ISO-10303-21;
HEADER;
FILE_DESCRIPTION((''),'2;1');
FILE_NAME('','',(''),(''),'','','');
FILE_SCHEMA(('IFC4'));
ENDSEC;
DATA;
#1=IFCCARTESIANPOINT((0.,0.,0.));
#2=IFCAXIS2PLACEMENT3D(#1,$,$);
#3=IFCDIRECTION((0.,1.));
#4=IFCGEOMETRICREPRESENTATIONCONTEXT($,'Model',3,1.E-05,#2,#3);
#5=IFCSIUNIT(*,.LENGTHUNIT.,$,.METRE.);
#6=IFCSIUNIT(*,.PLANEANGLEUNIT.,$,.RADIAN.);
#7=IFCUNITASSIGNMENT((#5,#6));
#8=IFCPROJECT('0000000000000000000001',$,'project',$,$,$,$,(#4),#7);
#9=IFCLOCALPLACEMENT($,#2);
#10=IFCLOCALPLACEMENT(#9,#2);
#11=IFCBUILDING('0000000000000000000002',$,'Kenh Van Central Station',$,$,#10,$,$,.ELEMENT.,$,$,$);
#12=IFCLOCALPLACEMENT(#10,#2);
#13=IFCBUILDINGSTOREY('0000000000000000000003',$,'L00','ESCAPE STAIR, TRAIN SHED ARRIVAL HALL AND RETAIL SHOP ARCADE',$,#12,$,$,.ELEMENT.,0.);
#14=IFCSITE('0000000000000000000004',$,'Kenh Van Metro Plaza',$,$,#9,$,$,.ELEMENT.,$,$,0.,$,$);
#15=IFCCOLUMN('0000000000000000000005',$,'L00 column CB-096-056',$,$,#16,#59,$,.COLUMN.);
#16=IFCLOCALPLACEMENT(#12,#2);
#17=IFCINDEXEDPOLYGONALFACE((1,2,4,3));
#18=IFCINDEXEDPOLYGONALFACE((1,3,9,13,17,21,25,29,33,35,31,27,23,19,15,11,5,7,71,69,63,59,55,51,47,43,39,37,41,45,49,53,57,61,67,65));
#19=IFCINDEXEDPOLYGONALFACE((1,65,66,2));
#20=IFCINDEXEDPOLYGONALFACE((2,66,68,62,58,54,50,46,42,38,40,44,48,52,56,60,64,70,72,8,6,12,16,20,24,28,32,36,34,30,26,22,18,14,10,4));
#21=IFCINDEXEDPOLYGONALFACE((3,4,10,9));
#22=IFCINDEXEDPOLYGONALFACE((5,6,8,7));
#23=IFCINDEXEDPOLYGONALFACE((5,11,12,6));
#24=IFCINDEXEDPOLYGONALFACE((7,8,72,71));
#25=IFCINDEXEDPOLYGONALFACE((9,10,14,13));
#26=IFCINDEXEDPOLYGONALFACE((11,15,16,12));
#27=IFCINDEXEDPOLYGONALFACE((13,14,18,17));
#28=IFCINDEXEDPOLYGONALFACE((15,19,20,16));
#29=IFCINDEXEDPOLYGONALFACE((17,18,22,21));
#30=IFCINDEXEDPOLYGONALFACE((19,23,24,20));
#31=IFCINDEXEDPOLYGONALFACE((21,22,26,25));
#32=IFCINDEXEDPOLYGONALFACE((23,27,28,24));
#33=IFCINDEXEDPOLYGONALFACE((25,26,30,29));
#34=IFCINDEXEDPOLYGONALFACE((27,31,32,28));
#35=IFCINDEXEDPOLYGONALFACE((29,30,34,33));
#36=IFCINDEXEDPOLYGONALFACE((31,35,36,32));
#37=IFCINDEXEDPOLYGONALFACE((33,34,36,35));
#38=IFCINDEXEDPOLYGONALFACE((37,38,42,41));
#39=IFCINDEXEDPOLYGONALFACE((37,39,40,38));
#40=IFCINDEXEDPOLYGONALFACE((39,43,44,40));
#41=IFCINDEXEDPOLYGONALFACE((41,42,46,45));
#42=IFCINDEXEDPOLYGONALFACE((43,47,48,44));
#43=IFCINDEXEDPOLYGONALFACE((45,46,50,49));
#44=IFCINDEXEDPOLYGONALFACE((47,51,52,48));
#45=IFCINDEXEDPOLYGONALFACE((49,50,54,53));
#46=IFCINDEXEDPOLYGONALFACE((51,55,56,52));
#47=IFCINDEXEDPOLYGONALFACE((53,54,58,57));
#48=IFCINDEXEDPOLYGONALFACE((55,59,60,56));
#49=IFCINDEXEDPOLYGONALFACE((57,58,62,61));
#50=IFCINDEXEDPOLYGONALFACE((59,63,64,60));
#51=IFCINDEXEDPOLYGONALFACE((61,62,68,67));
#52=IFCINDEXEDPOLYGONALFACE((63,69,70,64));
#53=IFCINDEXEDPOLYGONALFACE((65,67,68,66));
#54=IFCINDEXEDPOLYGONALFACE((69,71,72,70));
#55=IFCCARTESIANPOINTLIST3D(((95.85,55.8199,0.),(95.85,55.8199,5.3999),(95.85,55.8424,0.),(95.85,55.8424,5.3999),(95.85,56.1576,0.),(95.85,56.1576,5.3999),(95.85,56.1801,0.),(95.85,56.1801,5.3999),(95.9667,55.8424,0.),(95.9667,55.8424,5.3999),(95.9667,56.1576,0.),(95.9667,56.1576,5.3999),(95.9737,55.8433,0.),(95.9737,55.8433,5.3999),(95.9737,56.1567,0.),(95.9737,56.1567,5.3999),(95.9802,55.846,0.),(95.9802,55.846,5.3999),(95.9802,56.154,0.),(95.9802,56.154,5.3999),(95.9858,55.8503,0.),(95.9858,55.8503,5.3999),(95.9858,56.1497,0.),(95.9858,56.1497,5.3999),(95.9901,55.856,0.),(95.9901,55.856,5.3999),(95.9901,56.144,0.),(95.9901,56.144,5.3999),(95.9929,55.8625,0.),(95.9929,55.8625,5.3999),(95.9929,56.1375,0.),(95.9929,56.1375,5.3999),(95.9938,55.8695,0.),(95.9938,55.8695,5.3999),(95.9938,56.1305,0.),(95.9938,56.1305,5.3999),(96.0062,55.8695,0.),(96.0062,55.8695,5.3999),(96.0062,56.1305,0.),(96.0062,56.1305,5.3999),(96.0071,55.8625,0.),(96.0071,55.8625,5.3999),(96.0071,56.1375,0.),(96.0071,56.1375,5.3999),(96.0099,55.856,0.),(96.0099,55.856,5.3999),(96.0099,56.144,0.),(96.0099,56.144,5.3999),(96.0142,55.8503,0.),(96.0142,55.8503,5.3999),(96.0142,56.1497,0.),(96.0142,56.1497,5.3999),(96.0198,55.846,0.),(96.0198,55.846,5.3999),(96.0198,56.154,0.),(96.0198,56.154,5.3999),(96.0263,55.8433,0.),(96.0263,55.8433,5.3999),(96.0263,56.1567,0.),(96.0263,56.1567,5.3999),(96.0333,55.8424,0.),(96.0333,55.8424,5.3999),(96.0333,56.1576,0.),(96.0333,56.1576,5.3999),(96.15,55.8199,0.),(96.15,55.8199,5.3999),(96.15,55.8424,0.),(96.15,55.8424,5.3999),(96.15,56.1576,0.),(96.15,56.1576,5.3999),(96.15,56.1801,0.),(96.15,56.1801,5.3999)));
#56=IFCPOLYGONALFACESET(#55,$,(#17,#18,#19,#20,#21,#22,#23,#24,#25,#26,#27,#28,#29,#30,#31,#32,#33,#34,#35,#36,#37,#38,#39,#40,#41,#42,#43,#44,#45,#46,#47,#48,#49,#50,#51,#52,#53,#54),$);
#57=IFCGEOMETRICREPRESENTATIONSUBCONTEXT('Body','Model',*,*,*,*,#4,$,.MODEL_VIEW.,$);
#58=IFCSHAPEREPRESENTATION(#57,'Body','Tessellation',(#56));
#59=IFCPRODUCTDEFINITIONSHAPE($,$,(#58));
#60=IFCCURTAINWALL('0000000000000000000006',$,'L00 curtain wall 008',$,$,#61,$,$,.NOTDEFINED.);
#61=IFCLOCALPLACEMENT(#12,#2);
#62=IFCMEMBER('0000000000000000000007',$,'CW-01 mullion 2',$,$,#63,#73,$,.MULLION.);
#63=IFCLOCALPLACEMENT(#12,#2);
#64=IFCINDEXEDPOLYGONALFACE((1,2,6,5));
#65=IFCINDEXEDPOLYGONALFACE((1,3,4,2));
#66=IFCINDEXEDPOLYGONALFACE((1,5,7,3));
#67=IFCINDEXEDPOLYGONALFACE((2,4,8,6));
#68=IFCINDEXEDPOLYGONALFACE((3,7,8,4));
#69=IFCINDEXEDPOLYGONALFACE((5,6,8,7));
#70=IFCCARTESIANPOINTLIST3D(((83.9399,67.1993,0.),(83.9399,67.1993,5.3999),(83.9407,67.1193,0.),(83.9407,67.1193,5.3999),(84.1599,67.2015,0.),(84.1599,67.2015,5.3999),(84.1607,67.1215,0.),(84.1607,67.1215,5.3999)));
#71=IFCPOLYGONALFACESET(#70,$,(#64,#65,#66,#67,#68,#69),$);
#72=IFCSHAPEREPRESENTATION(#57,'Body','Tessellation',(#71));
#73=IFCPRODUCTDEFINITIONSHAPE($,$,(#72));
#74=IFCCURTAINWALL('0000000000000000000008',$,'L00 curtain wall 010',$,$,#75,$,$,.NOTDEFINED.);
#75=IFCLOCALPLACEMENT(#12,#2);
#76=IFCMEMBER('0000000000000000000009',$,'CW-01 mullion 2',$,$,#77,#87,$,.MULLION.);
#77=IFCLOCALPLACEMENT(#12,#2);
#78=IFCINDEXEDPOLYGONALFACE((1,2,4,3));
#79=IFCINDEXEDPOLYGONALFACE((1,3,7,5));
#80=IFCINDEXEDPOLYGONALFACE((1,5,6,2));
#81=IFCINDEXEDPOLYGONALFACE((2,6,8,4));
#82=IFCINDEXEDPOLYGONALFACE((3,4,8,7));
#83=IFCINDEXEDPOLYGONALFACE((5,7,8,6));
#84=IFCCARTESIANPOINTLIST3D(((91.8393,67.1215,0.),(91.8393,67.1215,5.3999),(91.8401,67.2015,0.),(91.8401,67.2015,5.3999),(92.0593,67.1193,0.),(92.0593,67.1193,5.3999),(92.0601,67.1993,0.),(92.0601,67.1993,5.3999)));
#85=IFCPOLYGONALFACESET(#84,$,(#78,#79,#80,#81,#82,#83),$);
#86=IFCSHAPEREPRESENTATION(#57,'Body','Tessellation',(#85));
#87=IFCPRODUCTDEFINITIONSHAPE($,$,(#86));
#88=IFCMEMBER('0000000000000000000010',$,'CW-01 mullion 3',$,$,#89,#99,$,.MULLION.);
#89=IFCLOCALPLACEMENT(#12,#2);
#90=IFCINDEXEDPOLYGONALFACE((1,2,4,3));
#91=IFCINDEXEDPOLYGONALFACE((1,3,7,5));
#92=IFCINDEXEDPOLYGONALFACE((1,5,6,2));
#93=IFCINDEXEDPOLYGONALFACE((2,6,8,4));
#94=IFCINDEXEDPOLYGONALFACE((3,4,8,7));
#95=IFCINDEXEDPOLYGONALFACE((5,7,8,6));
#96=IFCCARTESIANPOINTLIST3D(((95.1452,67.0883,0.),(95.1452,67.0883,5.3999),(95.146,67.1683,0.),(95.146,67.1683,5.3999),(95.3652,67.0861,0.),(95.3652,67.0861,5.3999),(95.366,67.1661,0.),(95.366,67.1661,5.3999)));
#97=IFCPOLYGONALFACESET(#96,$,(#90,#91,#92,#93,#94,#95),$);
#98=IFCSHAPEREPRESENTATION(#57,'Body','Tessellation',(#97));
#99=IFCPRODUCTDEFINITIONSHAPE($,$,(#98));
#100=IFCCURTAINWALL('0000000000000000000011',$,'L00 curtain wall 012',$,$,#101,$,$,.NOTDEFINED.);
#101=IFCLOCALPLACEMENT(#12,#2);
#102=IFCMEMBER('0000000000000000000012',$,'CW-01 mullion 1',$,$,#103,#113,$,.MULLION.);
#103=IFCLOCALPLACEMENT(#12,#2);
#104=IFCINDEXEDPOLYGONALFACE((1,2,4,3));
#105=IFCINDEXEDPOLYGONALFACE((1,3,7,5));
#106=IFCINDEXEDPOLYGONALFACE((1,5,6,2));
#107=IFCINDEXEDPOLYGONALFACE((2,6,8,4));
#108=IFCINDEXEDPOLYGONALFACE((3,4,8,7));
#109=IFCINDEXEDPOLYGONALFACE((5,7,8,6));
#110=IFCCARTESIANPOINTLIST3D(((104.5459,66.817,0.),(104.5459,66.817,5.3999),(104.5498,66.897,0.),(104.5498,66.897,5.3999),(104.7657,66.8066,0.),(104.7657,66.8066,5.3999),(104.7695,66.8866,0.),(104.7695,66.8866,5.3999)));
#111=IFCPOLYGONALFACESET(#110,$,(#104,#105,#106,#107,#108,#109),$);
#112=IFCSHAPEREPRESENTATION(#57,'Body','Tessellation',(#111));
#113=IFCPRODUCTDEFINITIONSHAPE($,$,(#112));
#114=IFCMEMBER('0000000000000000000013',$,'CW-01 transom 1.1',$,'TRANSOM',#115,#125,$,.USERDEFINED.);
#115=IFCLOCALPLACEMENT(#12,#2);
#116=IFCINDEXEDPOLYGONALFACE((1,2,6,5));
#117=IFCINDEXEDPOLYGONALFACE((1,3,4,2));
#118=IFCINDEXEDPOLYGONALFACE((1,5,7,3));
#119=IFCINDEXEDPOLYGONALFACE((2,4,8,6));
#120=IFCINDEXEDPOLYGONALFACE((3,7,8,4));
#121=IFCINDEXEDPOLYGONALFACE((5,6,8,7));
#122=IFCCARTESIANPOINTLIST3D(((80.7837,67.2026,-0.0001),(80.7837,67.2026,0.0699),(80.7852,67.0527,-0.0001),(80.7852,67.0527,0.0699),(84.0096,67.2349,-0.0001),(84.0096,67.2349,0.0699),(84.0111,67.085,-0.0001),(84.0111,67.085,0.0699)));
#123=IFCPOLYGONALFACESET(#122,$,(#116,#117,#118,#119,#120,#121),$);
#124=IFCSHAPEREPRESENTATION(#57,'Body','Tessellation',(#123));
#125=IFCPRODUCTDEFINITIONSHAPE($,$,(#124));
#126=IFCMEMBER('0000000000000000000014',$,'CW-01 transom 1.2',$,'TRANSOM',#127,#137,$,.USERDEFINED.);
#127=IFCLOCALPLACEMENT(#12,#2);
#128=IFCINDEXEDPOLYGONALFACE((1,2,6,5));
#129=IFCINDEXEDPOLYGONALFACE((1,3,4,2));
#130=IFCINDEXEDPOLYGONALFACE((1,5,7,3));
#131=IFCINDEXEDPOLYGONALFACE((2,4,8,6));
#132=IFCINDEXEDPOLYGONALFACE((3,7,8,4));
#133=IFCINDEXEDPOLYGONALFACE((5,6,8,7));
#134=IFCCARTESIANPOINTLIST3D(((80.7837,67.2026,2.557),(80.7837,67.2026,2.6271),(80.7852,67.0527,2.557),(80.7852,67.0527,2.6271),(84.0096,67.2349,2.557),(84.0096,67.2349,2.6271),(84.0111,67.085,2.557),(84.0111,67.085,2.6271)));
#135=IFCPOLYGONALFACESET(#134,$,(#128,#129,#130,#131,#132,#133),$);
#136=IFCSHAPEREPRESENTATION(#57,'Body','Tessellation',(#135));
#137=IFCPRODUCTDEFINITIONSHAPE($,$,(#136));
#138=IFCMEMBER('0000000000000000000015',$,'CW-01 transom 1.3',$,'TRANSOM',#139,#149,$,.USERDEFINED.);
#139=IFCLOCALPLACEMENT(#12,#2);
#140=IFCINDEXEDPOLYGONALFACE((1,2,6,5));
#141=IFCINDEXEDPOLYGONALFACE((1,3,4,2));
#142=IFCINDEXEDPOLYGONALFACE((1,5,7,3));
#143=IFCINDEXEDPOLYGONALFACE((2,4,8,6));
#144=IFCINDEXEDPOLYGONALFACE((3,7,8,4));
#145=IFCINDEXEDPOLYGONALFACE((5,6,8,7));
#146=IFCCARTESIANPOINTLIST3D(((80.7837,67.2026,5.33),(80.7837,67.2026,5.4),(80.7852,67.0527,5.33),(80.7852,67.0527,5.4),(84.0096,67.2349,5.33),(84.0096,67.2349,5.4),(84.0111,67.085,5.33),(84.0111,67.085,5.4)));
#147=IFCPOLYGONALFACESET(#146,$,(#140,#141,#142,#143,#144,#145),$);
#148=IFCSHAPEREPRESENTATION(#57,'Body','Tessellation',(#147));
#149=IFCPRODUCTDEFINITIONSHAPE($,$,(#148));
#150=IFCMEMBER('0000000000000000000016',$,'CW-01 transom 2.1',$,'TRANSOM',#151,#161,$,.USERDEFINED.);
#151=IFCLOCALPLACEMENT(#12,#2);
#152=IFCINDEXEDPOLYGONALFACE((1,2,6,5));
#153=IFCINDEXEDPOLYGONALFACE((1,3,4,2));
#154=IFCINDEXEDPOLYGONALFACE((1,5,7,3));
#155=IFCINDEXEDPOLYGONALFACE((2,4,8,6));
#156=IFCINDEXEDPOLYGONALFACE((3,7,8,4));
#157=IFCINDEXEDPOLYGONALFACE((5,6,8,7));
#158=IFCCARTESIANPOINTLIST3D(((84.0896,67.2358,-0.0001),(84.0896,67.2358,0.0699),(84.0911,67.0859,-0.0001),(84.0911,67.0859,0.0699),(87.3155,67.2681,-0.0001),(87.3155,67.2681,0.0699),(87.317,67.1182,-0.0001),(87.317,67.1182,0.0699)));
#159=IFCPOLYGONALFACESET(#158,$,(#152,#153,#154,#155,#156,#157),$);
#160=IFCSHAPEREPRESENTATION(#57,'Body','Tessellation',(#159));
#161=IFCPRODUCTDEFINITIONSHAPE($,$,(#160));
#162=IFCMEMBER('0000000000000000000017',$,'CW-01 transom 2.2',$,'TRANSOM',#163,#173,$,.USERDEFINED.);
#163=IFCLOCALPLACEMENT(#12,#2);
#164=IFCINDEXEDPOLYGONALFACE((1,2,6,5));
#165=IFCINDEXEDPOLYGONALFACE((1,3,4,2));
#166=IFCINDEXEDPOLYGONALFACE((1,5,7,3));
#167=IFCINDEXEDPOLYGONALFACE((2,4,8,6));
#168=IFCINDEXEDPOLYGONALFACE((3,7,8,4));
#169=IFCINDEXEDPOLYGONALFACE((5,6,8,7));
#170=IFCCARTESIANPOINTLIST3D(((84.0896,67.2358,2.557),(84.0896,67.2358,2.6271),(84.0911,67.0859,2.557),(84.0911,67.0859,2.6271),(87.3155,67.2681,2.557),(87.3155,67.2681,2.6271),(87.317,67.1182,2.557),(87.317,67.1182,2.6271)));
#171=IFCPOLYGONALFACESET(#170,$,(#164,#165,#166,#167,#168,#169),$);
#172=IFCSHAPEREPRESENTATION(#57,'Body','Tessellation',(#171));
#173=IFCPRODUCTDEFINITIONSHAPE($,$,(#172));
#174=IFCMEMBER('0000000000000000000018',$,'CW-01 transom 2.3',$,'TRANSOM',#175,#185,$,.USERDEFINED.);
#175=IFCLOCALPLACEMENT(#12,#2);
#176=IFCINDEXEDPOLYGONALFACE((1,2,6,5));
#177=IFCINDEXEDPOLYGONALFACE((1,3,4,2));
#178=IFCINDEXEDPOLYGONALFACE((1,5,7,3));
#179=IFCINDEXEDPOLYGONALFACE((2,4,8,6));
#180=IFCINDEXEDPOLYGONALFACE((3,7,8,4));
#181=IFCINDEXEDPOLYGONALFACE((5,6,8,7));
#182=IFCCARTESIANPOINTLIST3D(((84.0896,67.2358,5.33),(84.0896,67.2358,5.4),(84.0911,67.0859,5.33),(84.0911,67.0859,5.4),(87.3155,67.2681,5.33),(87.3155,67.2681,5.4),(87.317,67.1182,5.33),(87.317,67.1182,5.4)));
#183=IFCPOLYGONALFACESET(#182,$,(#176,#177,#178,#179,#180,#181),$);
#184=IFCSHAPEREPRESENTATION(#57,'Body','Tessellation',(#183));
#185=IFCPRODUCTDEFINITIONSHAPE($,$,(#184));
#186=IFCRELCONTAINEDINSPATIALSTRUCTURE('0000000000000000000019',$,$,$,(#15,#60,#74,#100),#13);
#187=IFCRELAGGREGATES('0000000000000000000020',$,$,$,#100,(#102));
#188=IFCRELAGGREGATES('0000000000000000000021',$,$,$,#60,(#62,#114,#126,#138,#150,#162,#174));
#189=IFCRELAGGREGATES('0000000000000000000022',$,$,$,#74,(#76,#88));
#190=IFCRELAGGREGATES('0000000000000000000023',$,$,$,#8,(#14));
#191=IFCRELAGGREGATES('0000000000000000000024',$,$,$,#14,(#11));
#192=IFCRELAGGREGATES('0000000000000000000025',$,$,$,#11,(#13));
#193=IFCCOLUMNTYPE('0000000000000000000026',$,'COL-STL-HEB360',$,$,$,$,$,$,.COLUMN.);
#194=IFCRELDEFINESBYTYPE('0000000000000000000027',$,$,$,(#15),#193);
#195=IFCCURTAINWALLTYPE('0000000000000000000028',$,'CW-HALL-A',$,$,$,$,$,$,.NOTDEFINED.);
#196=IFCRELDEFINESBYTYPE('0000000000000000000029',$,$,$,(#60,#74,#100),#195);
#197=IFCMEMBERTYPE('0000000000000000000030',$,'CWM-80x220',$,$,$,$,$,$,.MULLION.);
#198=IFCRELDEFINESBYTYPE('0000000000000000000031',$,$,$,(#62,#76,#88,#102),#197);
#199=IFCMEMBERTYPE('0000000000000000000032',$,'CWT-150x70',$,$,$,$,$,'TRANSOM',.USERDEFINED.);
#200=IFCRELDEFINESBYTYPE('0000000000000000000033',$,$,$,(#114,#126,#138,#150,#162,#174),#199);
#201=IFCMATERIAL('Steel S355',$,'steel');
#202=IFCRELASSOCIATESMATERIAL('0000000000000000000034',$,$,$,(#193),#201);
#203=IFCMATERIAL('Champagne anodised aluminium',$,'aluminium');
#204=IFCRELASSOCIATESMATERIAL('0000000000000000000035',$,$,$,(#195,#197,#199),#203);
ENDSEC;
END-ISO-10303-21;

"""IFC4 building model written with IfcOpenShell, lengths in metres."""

from ifc_helpers import new_model, si_unit, direction, frame, origin, origin_2d, place, context, subcontext, project, spatial, rectangle, i_section, extrude, material, material_profile, profile_set, type_object, element, aggregate, save


model = new_model("IFC4")

# Units and contexts
model_context = context("Model", 3, precision=1e-05, world=origin(), true_north=direction((0.0, 1.0)))
body_context = subcontext(model_context, "Body", "Model", "MODEL_VIEW")
ifc_project = project(units=[si_unit("LENGTHUNIT", "METRE"), si_unit("PLANEANGLEUNIT", "RADIAN")], contexts=[model_context])

# Site, building, storey
site_placement = place(None, origin())
site = spatial("IfcSite", under=ifc_project, at=site_placement, Name="Kenh Van Metro Plaza", CompositionType="ELEMENT", RefElevation=0.0)
building_placement = place(site_placement, origin())
building = spatial("IfcBuilding", under=site, at=building_placement, Name="Kenh Van Central Station", CompositionType="ELEMENT")
storey_placement = place(building_placement, origin())
storey = spatial("IfcBuildingStorey", under=building, at=storey_placement, Name="L00", Description="ESCAPE STAIR, TRAIN SHED ARRIVAL HALL AND RETAIL SHOP ARCADE", CompositionType="ELEMENT", Elevation=0.0)

# Column
ifc_material_1 = material(Name="Steel S355", Category="steel")
ifc_material_profile_1 = material_profile(ifc_material_1, i_section(OverallWidth=0.3, OverallDepth=0.3601, WebThickness=0.0125, FlangeThickness=0.0225, FilletRadius=0.0271, at=origin_2d()), Name="HEB 360")
ifc_profile_set_1 = profile_set([ifc_material_profile_1], Name="Steel S355")
column_type_1 = type_object("IfcColumnType", Name="COL-STL-HEB360", PredefinedType="COLUMN", material=ifc_profile_set_1)
for number, where, z_axis, x_axis, name in (
    (1, (96.0, 56.0, 0.0), (0.0, 0.0, 1.0), (1.0, 0.0, 0.0), "L00 column CB-096-056"),
):
    element("IfcColumn", number, at=place(storey_placement, frame(where, z_axis=z_axis, x_axis=x_axis)), inside=storey, type_object=column_type_1, Name=name, PredefinedType="COLUMN", context=body_context, shape_type="SweptSolid", body=[
        extrude(i_section(OverallWidth=0.3, OverallDepth=0.3601, WebThickness=0.0125, FlangeThickness=0.0225, FilletRadius=0.0271, at=origin_2d()), origin(), (0.0, 0.0, 1.0), 5.3999),
    ])

# Curtain wall, member
ifc_material_2 = material(Name="Champagne anodised aluminium", Category="aluminium")
curtain_wall_type = type_object("IfcCurtainWallType", Name="CW-HALL-A", PredefinedType="NOTDEFINED", material=ifc_material_2)
curtain_wall_1_placement = place(storey_placement, origin())
curtain_wall_1 = element("IfcCurtainWall", 2, at=curtain_wall_1_placement, inside=storey, type_object=curtain_wall_type, Name="L00 curtain wall 008", PredefinedType="NOTDEFINED")
ifc_material_profile_2 = material_profile(ifc_material_2, rectangle(XDim=0.0801, YDim=0.22, at=origin_2d()), Name="AL 80x220")
ifc_profile_set_2 = profile_set([ifc_material_profile_2], Name="Champagne anodised aluminium")
member_type_1 = type_object("IfcMemberType", Name="CWM-80x220", PredefinedType="MULLION", material=ifc_profile_set_2)
member_1_placement = place(storey_placement, frame((84.0503, 67.1604, 0.0), z_axis=(0.0, 0.0, 1.0), x_axis=(-0.010012, 0.99995, 0.0)))
member_1 = element("IfcMember", 3, at=member_1_placement, type_object=member_type_1, Name="CW-01 mullion 2", PredefinedType="MULLION", context=body_context, shape_type="SweptSolid", body=[
    extrude(rectangle(XDim=0.0801, YDim=0.22, at=origin_2d()), origin(), (0.0, 0.0, 1.0), 5.3999),
])

# Curtain wall, members
curtain_wall_2_placement = place(storey_placement, origin())
curtain_wall_2 = element("IfcCurtainWall", 4, at=curtain_wall_2_placement, inside=storey, type_object=curtain_wall_type, Name="L00 curtain wall 010", PredefinedType="NOTDEFINED")
member_2_placement = place(storey_placement, frame((91.9497, 67.1604, 0.0), z_axis=(0.0, 0.0, 1.0), x_axis=(0.010012, 0.99995, 0.0)))
member_2 = element("IfcMember", 5, at=member_2_placement, type_object=member_type_1, Name="CW-01 mullion 2", PredefinedType="MULLION", context=body_context, shape_type="SweptSolid", body=[
    extrude(rectangle(XDim=0.0801, YDim=0.22, at=origin_2d()), origin(), (0.0, 0.0, 1.0), 5.3999),
])
member_3_placement = place(storey_placement, frame((95.2556, 67.1272, 0.0), z_axis=(0.0, 0.0, 1.0), x_axis=(0.010012, 0.99995, 0.0)))
member_3 = element("IfcMember", 6, at=member_3_placement, type_object=member_type_1, Name="CW-01 mullion 3", PredefinedType="MULLION", context=body_context, shape_type="SweptSolid", body=[
    extrude(rectangle(XDim=0.0801, YDim=0.22, at=origin_2d()), origin(), (0.0, 0.0, 1.0), 5.3999),
])

# Curtain wall, member
curtain_wall_3_placement = place(storey_placement, origin())
curtain_wall_3 = element("IfcCurtainWall", 7, at=curtain_wall_3_placement, inside=storey, type_object=curtain_wall_type, Name="L00 curtain wall 012", PredefinedType="NOTDEFINED")
member_4_placement = place(storey_placement, frame((104.6577, 66.8518, 0.0), z_axis=(0.0, 0.0, 1.0), x_axis=(0.047601, 0.998866, 0.0)))
member_4 = element("IfcMember", 8, at=member_4_placement, type_object=member_type_1, Name="CW-01 mullion 1", PredefinedType="MULLION", context=body_context, shape_type="SweptSolid", body=[
    extrude(rectangle(XDim=0.0801, YDim=0.22, at=origin_2d()), origin(), (0.0, 0.0, 1.0), 5.3999),
])

# Members
ifc_material_profile_3 = material_profile(ifc_material_2, rectangle(XDim=0.1499, YDim=0.0701, at=origin_2d()), Name="AL 150x70")
ifc_profile_set_3 = profile_set([ifc_material_profile_3], Name="Champagne anodised aluminium")
member_type_2 = type_object("IfcMemberType", Name="CWT-150x70", ElementType="TRANSOM", PredefinedType="USERDEFINED", material=ifc_profile_set_3)
member_5_placement = place(storey_placement, frame((80.7844, 67.1277, 0.0349), z_axis=(0.99995, 0.00999, 0.0), x_axis=(-0.00999, 0.99995, 0.0)))
member_5 = element("IfcMember", 9, at=member_5_placement, type_object=member_type_2, Name="CW-01 transom 1.1", ObjectType="TRANSOM", PredefinedType="USERDEFINED", context=body_context, shape_type="SweptSolid", body=[
    extrude(rectangle(XDim=0.1499, YDim=0.0701, at=origin_2d()), origin(), (0.0, 0.0, 1.0), 3.2261),
])
member_6_placement = place(storey_placement, frame((80.7844, 67.1277, 2.592), z_axis=(0.99995, 0.00999, 0.0), x_axis=(-0.00999, 0.99995, 0.0)))
member_6 = element("IfcMember", 10, at=member_6_placement, type_object=member_type_2, Name="CW-01 transom 1.2", ObjectType="TRANSOM", PredefinedType="USERDEFINED", context=body_context, shape_type="SweptSolid", body=[
    extrude(rectangle(XDim=0.1499, YDim=0.0701, at=origin_2d()), origin(), (0.0, 0.0, 1.0), 3.2261),
])
member_7_placement = place(storey_placement, frame((80.7844, 67.1277, 5.365), z_axis=(0.99995, 0.00999, 0.0), x_axis=(-0.00999, 0.99995, 0.0)))
member_7 = element("IfcMember", 11, at=member_7_placement, type_object=member_type_2, Name="CW-01 transom 1.3", ObjectType="TRANSOM", PredefinedType="USERDEFINED", context=body_context, shape_type="SweptSolid", body=[
    extrude(rectangle(XDim=0.1499, YDim=0.0701, at=origin_2d()), origin(), (0.0, 0.0, 1.0), 3.2261),
])
member_8_placement = place(storey_placement, frame((84.0903, 67.1609, 0.0349), z_axis=(0.99995, 0.00999, 0.0), x_axis=(-0.00999, 0.99995, 0.0)))
member_8 = element("IfcMember", 12, at=member_8_placement, type_object=member_type_2, Name="CW-01 transom 2.1", ObjectType="TRANSOM", PredefinedType="USERDEFINED", context=body_context, shape_type="SweptSolid", body=[
    extrude(rectangle(XDim=0.1499, YDim=0.0701, at=origin_2d()), origin(), (0.0, 0.0, 1.0), 3.2261),
])
member_9_placement = place(storey_placement, frame((84.0903, 67.1609, 2.592), z_axis=(0.99995, 0.00999, 0.0), x_axis=(-0.00999, 0.99995, 0.0)))
member_9 = element("IfcMember", 13, at=member_9_placement, type_object=member_type_2, Name="CW-01 transom 2.2", ObjectType="TRANSOM", PredefinedType="USERDEFINED", context=body_context, shape_type="SweptSolid", body=[
    extrude(rectangle(XDim=0.1499, YDim=0.0701, at=origin_2d()), origin(), (0.0, 0.0, 1.0), 3.2261),
])
member_10_placement = place(storey_placement, frame((84.0903, 67.1609, 5.365), z_axis=(0.99995, 0.00999, 0.0), x_axis=(-0.00999, 0.99995, 0.0)))
member_10 = element("IfcMember", 14, at=member_10_placement, type_object=member_type_2, Name="CW-01 transom 2.3", ObjectType="TRANSOM", PredefinedType="USERDEFINED", context=body_context, shape_type="SweptSolid", body=[
    extrude(rectangle(XDim=0.1499, YDim=0.0701, at=origin_2d()), origin(), (0.0, 0.0, 1.0), 3.2261),
])
aggregate(curtain_wall_3, [member_4])

aggregate(curtain_wall_1, [member_1, member_5, member_6, member_7, member_8, member_9, member_10])
aggregate(curtain_wall_2, [member_2, member_3])

save(model, "model.ifc")
